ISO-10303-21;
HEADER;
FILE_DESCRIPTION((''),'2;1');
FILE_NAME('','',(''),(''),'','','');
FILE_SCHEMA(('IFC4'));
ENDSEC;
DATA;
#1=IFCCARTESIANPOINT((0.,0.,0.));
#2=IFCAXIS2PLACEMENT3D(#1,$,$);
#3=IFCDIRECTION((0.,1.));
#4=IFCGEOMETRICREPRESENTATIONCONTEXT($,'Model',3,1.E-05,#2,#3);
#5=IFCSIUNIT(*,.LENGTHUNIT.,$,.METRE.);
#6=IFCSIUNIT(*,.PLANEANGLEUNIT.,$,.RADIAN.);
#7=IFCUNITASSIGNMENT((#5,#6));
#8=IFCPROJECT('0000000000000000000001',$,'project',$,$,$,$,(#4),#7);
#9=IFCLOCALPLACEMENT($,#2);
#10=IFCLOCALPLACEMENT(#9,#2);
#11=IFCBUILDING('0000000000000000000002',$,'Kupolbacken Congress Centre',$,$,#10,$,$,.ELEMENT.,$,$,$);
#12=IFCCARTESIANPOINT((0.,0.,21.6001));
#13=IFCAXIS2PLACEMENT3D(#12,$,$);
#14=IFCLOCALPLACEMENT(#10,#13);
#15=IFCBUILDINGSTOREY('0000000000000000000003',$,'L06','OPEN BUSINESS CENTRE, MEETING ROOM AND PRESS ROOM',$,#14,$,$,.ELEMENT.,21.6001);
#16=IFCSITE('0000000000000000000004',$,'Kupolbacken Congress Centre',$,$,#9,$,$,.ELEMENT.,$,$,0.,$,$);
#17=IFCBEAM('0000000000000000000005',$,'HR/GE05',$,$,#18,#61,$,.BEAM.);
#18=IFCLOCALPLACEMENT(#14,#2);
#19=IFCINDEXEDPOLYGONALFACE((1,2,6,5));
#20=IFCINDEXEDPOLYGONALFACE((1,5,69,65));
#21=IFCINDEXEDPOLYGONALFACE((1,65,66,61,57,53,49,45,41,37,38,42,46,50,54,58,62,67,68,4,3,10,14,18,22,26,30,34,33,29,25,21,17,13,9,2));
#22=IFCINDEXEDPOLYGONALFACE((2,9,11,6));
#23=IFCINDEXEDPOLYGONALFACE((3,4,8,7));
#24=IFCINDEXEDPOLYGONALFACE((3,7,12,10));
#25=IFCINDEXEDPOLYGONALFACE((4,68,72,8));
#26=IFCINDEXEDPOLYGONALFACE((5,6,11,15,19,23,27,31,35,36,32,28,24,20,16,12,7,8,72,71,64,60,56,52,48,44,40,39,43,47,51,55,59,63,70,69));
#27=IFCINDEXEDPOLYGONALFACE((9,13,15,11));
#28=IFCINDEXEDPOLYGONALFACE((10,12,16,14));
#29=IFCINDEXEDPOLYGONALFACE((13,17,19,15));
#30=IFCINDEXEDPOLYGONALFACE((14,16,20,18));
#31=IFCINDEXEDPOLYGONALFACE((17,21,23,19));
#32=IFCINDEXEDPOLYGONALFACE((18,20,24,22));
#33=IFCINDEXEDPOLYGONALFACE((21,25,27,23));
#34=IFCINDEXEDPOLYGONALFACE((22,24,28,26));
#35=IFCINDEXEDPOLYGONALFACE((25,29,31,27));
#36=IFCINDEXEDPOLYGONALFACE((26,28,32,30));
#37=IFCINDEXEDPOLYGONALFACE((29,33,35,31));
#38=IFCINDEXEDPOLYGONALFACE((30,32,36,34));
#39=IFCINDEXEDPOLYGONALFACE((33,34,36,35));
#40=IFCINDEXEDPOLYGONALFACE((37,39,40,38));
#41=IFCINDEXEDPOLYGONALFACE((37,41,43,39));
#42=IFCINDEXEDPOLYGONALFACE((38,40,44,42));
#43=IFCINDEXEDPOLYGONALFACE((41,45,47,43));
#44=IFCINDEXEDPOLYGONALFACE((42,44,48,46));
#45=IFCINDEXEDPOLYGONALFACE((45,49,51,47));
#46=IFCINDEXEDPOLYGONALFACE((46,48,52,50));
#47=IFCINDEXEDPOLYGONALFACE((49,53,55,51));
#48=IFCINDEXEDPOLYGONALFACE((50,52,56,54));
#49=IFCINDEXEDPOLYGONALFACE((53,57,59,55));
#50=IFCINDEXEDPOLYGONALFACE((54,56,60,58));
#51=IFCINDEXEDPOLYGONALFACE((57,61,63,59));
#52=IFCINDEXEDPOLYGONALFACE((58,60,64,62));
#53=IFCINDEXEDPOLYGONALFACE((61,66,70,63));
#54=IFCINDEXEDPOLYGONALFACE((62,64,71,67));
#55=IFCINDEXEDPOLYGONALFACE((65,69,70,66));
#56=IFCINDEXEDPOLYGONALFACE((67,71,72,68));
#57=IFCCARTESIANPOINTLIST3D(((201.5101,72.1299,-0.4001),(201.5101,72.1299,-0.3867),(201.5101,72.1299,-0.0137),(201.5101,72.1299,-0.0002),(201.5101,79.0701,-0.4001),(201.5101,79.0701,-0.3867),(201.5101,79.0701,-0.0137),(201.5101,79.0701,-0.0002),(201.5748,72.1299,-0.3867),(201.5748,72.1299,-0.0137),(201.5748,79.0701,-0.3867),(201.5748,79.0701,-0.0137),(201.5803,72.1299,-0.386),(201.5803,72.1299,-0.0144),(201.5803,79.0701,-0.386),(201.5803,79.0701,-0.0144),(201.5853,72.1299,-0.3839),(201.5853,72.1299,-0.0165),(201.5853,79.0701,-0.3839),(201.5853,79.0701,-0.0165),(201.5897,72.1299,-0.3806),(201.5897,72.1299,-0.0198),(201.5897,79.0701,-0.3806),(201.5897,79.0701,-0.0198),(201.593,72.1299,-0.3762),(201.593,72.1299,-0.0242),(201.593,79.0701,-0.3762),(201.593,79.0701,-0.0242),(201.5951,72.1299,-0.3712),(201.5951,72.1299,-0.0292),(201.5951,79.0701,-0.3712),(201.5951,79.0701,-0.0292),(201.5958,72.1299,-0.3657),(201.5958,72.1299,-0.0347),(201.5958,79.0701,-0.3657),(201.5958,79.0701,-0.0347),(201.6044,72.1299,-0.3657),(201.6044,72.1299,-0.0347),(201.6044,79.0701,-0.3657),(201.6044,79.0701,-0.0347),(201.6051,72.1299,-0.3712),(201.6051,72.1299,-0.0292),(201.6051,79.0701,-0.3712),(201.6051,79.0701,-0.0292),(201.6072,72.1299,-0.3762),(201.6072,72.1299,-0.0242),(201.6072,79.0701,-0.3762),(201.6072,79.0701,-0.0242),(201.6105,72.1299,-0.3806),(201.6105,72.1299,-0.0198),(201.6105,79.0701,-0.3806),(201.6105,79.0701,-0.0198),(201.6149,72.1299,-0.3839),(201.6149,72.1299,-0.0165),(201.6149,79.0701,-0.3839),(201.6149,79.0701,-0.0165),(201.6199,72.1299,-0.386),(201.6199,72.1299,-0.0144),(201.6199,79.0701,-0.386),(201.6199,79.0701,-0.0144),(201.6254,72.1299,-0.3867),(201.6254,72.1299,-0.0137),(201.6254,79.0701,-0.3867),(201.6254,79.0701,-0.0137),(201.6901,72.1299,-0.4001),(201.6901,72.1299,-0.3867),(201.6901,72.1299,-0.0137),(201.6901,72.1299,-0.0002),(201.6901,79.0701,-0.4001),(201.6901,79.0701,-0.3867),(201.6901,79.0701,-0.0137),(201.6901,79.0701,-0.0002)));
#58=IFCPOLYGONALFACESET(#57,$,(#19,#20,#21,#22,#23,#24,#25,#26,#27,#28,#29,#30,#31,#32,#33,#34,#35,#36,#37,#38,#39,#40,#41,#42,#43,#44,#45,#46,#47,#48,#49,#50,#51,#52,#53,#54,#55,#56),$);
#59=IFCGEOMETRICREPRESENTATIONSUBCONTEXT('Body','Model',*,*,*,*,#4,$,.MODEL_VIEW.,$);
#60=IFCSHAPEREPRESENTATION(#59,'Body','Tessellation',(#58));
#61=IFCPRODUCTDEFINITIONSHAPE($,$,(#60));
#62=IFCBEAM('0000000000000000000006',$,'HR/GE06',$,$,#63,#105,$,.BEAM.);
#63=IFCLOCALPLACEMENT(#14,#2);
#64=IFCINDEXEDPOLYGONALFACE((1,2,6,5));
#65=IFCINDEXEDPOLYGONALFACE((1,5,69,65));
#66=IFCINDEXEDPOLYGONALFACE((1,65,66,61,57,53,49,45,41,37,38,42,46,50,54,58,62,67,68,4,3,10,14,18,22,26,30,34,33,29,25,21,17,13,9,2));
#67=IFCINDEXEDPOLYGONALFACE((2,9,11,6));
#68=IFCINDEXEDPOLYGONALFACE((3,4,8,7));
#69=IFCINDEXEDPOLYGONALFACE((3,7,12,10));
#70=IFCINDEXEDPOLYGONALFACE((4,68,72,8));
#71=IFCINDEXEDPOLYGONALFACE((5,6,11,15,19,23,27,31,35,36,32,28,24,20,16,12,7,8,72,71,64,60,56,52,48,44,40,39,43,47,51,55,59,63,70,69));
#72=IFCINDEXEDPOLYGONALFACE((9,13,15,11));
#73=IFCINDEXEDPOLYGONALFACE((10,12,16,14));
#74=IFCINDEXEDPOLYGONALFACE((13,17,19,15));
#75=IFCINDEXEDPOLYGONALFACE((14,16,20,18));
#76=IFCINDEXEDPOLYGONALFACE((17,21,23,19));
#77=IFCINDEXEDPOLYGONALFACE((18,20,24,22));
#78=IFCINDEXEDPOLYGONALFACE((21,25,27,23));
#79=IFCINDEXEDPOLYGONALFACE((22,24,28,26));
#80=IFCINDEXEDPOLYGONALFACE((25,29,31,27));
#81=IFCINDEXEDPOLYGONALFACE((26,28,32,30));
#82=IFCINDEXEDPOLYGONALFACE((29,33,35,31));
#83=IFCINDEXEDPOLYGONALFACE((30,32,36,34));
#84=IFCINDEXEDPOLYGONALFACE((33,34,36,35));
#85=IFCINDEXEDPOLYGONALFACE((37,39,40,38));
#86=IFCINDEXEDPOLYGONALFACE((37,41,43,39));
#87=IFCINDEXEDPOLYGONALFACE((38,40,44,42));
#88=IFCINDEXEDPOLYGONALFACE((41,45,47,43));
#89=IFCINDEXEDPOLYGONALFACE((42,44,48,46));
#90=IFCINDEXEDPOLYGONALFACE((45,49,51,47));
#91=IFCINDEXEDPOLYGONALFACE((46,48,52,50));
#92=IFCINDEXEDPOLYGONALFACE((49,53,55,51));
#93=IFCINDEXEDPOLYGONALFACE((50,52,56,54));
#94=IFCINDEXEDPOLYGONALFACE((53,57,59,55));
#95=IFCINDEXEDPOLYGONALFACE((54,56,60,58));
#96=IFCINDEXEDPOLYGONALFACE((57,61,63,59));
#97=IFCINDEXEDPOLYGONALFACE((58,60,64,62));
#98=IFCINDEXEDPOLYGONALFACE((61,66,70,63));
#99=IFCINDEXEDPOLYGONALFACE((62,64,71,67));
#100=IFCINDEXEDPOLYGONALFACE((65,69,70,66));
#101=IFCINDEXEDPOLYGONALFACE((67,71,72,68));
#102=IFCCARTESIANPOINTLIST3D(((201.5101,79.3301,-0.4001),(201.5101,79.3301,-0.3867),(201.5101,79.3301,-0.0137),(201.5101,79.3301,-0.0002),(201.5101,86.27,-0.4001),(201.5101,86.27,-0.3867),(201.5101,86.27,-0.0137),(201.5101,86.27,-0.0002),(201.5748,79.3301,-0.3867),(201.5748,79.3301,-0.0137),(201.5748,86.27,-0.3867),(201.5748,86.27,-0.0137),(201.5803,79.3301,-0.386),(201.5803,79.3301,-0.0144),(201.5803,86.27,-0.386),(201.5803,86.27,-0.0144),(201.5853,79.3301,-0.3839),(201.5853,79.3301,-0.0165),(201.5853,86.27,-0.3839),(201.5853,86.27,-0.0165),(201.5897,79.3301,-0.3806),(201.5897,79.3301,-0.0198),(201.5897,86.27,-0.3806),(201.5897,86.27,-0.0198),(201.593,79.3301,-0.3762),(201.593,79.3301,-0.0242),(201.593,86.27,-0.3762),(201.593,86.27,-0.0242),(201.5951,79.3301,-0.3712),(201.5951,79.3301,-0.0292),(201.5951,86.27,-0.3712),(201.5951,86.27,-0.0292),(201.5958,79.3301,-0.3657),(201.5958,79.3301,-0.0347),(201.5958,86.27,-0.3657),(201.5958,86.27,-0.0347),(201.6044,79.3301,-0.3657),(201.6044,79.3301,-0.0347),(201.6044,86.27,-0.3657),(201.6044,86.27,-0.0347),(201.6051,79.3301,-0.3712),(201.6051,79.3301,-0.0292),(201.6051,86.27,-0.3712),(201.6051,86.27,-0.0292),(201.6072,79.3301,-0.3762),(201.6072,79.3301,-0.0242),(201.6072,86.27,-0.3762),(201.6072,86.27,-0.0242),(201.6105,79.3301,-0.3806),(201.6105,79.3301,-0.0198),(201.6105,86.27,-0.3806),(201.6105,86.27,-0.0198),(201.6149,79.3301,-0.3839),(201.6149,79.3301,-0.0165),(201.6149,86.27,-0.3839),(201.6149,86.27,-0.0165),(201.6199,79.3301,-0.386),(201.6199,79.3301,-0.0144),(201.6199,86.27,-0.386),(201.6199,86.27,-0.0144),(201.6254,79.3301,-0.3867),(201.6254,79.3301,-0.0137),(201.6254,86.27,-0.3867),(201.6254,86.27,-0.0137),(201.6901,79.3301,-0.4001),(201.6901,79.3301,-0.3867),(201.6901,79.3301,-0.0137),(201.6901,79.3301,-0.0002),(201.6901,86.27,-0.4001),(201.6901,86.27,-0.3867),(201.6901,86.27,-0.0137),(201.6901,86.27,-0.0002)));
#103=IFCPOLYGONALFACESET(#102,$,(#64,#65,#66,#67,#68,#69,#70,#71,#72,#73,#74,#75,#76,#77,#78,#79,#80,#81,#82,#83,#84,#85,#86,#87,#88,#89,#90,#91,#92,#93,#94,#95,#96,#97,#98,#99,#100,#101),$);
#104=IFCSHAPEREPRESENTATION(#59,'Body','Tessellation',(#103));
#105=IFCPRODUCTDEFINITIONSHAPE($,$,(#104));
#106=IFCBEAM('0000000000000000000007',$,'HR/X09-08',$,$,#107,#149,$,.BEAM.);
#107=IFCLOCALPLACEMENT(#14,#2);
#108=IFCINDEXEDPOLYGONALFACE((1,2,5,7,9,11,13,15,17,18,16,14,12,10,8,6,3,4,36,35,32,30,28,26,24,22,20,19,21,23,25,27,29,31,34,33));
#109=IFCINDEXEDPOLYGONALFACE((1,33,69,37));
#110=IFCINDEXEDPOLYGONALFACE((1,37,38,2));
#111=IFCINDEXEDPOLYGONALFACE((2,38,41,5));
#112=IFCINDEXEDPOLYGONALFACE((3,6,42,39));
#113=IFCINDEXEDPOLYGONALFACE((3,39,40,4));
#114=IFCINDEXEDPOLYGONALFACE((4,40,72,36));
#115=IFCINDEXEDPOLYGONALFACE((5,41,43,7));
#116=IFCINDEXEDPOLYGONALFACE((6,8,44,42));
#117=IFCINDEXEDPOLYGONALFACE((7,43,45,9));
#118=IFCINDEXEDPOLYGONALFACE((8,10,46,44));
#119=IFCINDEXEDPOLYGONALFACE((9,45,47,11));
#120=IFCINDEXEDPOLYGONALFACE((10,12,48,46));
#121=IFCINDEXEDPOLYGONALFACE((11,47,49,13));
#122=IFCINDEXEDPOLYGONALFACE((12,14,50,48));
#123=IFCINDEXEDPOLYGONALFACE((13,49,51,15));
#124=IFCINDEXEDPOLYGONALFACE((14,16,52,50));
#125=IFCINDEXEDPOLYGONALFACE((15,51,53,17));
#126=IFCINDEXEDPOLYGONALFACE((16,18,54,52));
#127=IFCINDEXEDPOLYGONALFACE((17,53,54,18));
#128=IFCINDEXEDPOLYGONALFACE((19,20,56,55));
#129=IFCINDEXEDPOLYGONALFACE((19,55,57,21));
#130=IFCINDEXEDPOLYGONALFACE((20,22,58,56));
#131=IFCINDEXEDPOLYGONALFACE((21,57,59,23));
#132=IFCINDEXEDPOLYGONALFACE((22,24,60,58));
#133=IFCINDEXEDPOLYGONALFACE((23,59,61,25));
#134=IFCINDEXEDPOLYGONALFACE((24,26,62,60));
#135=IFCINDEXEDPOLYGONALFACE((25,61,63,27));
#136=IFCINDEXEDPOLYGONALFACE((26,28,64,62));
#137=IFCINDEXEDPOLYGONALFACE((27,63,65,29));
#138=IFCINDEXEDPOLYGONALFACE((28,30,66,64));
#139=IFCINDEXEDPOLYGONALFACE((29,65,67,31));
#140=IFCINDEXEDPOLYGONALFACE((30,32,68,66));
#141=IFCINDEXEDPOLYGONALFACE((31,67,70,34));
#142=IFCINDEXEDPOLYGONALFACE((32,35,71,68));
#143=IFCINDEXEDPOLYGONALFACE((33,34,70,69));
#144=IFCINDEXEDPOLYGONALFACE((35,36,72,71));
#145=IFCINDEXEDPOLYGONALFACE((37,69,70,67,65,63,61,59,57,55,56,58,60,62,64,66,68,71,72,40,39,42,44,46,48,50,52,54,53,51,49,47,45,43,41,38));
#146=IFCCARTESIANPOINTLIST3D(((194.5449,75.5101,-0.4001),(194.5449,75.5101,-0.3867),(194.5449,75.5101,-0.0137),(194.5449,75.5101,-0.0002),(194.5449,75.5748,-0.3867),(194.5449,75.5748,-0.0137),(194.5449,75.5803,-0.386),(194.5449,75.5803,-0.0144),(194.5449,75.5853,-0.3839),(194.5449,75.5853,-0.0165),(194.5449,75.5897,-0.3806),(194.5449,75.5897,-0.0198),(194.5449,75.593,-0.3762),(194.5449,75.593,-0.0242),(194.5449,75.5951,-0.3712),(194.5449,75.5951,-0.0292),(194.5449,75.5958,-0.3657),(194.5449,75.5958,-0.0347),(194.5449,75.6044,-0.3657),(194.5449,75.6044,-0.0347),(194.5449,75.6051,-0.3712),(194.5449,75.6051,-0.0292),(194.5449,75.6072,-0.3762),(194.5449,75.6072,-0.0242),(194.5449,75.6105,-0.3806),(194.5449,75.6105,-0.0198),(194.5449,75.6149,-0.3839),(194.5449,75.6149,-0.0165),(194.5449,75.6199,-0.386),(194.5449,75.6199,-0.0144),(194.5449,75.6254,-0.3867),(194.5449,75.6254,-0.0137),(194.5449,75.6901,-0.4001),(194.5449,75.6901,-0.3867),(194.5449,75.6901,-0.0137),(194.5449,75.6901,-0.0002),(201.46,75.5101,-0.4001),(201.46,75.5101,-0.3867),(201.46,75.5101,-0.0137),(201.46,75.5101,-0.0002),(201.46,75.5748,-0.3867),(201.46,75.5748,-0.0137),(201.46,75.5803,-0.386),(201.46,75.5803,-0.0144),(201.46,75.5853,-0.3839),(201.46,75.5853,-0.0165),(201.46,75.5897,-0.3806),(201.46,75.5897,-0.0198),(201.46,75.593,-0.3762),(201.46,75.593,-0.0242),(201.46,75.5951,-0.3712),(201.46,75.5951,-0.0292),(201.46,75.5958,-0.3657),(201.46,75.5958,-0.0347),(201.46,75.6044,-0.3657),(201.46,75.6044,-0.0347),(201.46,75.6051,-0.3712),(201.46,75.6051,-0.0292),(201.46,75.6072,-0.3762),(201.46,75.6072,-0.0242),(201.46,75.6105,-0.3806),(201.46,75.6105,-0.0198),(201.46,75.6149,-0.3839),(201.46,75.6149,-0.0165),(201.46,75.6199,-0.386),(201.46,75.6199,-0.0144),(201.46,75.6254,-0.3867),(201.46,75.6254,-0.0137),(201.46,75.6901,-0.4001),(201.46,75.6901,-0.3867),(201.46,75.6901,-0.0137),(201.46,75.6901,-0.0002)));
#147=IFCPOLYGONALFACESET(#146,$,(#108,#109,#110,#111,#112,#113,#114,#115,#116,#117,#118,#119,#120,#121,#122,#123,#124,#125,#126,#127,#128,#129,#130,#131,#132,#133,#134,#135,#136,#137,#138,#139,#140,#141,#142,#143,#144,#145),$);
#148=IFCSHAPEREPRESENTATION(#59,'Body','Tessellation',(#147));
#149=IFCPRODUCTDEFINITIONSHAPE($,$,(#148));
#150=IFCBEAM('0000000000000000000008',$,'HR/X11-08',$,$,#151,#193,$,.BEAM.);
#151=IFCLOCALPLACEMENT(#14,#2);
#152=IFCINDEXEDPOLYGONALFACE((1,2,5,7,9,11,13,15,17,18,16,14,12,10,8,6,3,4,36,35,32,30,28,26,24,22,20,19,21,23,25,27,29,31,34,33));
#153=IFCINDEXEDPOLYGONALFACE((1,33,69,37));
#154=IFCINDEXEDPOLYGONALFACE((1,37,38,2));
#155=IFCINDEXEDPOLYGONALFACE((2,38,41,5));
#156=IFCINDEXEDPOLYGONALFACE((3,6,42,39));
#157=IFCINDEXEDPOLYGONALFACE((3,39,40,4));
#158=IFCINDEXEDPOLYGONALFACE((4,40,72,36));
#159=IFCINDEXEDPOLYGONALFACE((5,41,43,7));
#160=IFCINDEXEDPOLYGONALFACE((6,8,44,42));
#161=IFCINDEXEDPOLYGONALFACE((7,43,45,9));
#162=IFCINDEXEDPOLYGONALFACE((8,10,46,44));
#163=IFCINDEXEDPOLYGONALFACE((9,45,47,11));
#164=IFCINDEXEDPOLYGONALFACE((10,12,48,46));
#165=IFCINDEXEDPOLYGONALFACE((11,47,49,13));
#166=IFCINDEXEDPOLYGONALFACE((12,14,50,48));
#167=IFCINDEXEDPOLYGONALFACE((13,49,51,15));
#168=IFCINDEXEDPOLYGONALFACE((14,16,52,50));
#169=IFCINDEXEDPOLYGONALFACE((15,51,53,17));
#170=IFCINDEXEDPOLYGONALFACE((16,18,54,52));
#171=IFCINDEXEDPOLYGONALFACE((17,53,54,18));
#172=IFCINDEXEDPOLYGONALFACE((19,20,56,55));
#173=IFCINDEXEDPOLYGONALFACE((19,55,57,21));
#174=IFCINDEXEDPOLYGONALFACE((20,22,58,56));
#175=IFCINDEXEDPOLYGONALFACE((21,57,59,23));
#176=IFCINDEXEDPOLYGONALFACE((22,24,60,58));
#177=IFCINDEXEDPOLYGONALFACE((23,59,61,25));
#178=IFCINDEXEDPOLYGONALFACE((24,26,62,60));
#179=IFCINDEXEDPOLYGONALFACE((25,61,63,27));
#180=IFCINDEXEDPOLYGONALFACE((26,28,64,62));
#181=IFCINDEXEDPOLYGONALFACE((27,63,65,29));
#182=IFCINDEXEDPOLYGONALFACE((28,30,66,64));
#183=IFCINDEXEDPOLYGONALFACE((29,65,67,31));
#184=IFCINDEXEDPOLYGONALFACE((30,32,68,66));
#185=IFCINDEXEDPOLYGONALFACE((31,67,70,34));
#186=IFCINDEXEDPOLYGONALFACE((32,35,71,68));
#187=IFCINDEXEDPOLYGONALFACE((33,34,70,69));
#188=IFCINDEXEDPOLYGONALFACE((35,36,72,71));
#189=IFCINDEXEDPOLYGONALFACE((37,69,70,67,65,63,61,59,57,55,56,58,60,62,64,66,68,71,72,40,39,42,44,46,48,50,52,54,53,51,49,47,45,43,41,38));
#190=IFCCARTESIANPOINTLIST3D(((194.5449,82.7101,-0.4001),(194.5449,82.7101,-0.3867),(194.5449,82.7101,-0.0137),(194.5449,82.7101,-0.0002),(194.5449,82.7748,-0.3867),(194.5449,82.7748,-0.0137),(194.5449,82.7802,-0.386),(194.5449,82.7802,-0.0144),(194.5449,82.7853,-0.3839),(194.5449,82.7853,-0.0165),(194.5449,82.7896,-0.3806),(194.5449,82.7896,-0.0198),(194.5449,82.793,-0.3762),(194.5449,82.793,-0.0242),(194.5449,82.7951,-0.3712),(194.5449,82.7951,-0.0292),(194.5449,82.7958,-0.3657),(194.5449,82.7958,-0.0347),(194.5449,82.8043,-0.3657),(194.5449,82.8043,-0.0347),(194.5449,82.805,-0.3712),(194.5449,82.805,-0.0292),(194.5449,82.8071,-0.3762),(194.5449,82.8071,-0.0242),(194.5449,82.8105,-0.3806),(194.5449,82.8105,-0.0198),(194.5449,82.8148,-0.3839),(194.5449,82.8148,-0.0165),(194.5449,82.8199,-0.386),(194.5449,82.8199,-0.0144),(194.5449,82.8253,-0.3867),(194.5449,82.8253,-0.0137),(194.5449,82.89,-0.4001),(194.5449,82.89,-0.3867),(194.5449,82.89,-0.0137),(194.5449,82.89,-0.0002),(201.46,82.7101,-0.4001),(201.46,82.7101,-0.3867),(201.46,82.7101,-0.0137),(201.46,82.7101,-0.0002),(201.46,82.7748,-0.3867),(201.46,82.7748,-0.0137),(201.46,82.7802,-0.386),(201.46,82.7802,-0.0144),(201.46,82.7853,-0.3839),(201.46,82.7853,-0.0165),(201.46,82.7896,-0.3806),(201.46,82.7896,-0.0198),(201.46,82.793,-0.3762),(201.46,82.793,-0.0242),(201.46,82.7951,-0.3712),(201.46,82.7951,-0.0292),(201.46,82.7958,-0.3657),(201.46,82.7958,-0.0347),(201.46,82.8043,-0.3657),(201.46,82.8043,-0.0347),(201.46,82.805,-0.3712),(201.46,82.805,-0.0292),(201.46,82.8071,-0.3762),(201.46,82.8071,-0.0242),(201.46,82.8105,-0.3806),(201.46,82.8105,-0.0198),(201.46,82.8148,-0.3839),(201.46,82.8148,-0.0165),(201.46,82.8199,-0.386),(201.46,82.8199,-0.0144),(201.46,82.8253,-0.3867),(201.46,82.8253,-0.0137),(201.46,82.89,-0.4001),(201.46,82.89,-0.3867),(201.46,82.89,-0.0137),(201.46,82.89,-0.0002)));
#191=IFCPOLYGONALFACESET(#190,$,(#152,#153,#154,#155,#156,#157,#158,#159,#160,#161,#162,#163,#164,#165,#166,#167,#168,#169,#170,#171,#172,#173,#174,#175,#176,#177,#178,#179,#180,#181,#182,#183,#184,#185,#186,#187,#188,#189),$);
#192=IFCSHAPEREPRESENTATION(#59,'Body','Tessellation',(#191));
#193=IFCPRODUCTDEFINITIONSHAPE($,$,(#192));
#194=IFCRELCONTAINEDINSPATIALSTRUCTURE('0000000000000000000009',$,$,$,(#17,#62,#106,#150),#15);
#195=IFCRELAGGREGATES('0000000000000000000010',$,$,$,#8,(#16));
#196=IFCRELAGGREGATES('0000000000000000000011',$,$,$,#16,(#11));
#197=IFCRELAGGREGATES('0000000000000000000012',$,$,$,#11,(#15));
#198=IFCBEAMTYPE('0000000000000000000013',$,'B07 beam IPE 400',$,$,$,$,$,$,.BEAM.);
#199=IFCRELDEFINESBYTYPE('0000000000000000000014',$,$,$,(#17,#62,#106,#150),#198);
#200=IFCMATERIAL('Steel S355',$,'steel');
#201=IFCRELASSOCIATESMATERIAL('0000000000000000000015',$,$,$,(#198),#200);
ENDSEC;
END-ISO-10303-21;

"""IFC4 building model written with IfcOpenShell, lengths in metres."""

from ifc_helpers import new_model, si_unit, direction, frame, origin, origin_2d, place, context, subcontext, project, spatial, i_section, extrude, material, material_profile, profile_set, type_object, element, save


model = new_model("IFC4")

# Units and contexts
model_context = context("Model", 3, precision=1e-05, world=origin(), true_north=direction((0.0, 1.0)))
body_context = subcontext(model_context, "Body", "Model", "MODEL_VIEW")
ifc_project = project(units=[si_unit("LENGTHUNIT", "METRE"), si_unit("PLANEANGLEUNIT", "RADIAN")], contexts=[model_context])

# Site, building, storey
site_placement = place(None, origin())
site = spatial("IfcSite", under=ifc_project, at=site_placement, Name="Kupolbacken Congress Centre", CompositionType="ELEMENT", RefElevation=0.0)
building_placement = place(site_placement, origin())
building = spatial("IfcBuilding", under=site, at=building_placement, Name="Kupolbacken Congress Centre", CompositionType="ELEMENT")
storey_placement = place(building_placement, frame((0.0, 0.0, 21.6001)))
storey = spatial("IfcBuildingStorey", under=building, at=storey_placement, Name="L06", Description="OPEN BUSINESS CENTRE, MEETING ROOM AND PRESS ROOM", CompositionType="ELEMENT", Elevation=21.6001)

# Beams
ifc_material_1 = material(Name="Steel S355", Category="steel")
ifc_material_profile_1 = material_profile(ifc_material_1, i_section(OverallWidth=0.1799, OverallDepth=0.3999, WebThickness=0.0085, FlangeThickness=0.0134, FilletRadius=0.021, at=origin_2d()), Name="IPE 400")
ifc_profile_set_1 = profile_set([ifc_material_profile_1], Name="Steel S355")
beam_type_1 = type_object("IfcBeamType", Name="B07 beam IPE 400", PredefinedType="BEAM", material=ifc_profile_set_1)
for number, where, z_axis, x_axis, name in (
    (1, (201.6001, 72.1299, -0.2002), (0.0, 1.0, 0.0), (-1.0, 0.0, 0.0), "HR/GE05"),
):
    element("IfcBeam", number, at=place(storey_placement, frame(where, z_axis=z_axis, x_axis=x_axis)), inside=storey, type_object=beam_type_1, Name=name, PredefinedType="BEAM", context=body_context, shape_type="SweptSolid", body=[
        extrude(i_section(OverallWidth=0.1799, OverallDepth=0.3999, WebThickness=0.0085, FlangeThickness=0.0134, FilletRadius=0.021, at=origin_2d()), origin(), (0.0, 0.0, 1.0), 6.9402),
    ])
beam_placement = place(storey_placement, frame((201.6001, 79.3301, -0.2002), z_axis=(0.0, 1.0, 0.0), x_axis=(-1.0, 0.0, 0.0)))
element("IfcBeam", 2, at=beam_placement, inside=storey, type_object=beam_type_1, Name="HR/GE06", PredefinedType="BEAM", context=body_context, shape_type="SweptSolid", body=[
    extrude(i_section(OverallWidth=0.1799, OverallDepth=0.3999, WebThickness=0.0085, FlangeThickness=0.0134, FilletRadius=0.021, at=origin_2d()), origin(), (0.0, 0.0, 1.0), 6.9399),
])
for number, where, z_axis, x_axis, name in (
    (3, (194.5449, 75.6001, -0.2002), (1.0, 0.0, 0.0), (0.0, 1.0, 0.0), "HR/X09-08"),
    (4, (194.5449, 82.8, -0.2002), (1.0, 0.0, 0.0), (0.0, 1.0, 0.0), "HR/X11-08"),
):
    element("IfcBeam", number, at=place(storey_placement, frame(where, z_axis=z_axis, x_axis=x_axis)), inside=storey, type_object=beam_type_1, Name=name, PredefinedType="BEAM", context=body_context, shape_type="SweptSolid", body=[
        extrude(i_section(OverallWidth=0.1799, OverallDepth=0.3999, WebThickness=0.0085, FlangeThickness=0.0134, FilletRadius=0.021, at=origin_2d()), origin(), (0.0, 0.0, 1.0), 6.915),
    ])

save(model, "model.ifc")
